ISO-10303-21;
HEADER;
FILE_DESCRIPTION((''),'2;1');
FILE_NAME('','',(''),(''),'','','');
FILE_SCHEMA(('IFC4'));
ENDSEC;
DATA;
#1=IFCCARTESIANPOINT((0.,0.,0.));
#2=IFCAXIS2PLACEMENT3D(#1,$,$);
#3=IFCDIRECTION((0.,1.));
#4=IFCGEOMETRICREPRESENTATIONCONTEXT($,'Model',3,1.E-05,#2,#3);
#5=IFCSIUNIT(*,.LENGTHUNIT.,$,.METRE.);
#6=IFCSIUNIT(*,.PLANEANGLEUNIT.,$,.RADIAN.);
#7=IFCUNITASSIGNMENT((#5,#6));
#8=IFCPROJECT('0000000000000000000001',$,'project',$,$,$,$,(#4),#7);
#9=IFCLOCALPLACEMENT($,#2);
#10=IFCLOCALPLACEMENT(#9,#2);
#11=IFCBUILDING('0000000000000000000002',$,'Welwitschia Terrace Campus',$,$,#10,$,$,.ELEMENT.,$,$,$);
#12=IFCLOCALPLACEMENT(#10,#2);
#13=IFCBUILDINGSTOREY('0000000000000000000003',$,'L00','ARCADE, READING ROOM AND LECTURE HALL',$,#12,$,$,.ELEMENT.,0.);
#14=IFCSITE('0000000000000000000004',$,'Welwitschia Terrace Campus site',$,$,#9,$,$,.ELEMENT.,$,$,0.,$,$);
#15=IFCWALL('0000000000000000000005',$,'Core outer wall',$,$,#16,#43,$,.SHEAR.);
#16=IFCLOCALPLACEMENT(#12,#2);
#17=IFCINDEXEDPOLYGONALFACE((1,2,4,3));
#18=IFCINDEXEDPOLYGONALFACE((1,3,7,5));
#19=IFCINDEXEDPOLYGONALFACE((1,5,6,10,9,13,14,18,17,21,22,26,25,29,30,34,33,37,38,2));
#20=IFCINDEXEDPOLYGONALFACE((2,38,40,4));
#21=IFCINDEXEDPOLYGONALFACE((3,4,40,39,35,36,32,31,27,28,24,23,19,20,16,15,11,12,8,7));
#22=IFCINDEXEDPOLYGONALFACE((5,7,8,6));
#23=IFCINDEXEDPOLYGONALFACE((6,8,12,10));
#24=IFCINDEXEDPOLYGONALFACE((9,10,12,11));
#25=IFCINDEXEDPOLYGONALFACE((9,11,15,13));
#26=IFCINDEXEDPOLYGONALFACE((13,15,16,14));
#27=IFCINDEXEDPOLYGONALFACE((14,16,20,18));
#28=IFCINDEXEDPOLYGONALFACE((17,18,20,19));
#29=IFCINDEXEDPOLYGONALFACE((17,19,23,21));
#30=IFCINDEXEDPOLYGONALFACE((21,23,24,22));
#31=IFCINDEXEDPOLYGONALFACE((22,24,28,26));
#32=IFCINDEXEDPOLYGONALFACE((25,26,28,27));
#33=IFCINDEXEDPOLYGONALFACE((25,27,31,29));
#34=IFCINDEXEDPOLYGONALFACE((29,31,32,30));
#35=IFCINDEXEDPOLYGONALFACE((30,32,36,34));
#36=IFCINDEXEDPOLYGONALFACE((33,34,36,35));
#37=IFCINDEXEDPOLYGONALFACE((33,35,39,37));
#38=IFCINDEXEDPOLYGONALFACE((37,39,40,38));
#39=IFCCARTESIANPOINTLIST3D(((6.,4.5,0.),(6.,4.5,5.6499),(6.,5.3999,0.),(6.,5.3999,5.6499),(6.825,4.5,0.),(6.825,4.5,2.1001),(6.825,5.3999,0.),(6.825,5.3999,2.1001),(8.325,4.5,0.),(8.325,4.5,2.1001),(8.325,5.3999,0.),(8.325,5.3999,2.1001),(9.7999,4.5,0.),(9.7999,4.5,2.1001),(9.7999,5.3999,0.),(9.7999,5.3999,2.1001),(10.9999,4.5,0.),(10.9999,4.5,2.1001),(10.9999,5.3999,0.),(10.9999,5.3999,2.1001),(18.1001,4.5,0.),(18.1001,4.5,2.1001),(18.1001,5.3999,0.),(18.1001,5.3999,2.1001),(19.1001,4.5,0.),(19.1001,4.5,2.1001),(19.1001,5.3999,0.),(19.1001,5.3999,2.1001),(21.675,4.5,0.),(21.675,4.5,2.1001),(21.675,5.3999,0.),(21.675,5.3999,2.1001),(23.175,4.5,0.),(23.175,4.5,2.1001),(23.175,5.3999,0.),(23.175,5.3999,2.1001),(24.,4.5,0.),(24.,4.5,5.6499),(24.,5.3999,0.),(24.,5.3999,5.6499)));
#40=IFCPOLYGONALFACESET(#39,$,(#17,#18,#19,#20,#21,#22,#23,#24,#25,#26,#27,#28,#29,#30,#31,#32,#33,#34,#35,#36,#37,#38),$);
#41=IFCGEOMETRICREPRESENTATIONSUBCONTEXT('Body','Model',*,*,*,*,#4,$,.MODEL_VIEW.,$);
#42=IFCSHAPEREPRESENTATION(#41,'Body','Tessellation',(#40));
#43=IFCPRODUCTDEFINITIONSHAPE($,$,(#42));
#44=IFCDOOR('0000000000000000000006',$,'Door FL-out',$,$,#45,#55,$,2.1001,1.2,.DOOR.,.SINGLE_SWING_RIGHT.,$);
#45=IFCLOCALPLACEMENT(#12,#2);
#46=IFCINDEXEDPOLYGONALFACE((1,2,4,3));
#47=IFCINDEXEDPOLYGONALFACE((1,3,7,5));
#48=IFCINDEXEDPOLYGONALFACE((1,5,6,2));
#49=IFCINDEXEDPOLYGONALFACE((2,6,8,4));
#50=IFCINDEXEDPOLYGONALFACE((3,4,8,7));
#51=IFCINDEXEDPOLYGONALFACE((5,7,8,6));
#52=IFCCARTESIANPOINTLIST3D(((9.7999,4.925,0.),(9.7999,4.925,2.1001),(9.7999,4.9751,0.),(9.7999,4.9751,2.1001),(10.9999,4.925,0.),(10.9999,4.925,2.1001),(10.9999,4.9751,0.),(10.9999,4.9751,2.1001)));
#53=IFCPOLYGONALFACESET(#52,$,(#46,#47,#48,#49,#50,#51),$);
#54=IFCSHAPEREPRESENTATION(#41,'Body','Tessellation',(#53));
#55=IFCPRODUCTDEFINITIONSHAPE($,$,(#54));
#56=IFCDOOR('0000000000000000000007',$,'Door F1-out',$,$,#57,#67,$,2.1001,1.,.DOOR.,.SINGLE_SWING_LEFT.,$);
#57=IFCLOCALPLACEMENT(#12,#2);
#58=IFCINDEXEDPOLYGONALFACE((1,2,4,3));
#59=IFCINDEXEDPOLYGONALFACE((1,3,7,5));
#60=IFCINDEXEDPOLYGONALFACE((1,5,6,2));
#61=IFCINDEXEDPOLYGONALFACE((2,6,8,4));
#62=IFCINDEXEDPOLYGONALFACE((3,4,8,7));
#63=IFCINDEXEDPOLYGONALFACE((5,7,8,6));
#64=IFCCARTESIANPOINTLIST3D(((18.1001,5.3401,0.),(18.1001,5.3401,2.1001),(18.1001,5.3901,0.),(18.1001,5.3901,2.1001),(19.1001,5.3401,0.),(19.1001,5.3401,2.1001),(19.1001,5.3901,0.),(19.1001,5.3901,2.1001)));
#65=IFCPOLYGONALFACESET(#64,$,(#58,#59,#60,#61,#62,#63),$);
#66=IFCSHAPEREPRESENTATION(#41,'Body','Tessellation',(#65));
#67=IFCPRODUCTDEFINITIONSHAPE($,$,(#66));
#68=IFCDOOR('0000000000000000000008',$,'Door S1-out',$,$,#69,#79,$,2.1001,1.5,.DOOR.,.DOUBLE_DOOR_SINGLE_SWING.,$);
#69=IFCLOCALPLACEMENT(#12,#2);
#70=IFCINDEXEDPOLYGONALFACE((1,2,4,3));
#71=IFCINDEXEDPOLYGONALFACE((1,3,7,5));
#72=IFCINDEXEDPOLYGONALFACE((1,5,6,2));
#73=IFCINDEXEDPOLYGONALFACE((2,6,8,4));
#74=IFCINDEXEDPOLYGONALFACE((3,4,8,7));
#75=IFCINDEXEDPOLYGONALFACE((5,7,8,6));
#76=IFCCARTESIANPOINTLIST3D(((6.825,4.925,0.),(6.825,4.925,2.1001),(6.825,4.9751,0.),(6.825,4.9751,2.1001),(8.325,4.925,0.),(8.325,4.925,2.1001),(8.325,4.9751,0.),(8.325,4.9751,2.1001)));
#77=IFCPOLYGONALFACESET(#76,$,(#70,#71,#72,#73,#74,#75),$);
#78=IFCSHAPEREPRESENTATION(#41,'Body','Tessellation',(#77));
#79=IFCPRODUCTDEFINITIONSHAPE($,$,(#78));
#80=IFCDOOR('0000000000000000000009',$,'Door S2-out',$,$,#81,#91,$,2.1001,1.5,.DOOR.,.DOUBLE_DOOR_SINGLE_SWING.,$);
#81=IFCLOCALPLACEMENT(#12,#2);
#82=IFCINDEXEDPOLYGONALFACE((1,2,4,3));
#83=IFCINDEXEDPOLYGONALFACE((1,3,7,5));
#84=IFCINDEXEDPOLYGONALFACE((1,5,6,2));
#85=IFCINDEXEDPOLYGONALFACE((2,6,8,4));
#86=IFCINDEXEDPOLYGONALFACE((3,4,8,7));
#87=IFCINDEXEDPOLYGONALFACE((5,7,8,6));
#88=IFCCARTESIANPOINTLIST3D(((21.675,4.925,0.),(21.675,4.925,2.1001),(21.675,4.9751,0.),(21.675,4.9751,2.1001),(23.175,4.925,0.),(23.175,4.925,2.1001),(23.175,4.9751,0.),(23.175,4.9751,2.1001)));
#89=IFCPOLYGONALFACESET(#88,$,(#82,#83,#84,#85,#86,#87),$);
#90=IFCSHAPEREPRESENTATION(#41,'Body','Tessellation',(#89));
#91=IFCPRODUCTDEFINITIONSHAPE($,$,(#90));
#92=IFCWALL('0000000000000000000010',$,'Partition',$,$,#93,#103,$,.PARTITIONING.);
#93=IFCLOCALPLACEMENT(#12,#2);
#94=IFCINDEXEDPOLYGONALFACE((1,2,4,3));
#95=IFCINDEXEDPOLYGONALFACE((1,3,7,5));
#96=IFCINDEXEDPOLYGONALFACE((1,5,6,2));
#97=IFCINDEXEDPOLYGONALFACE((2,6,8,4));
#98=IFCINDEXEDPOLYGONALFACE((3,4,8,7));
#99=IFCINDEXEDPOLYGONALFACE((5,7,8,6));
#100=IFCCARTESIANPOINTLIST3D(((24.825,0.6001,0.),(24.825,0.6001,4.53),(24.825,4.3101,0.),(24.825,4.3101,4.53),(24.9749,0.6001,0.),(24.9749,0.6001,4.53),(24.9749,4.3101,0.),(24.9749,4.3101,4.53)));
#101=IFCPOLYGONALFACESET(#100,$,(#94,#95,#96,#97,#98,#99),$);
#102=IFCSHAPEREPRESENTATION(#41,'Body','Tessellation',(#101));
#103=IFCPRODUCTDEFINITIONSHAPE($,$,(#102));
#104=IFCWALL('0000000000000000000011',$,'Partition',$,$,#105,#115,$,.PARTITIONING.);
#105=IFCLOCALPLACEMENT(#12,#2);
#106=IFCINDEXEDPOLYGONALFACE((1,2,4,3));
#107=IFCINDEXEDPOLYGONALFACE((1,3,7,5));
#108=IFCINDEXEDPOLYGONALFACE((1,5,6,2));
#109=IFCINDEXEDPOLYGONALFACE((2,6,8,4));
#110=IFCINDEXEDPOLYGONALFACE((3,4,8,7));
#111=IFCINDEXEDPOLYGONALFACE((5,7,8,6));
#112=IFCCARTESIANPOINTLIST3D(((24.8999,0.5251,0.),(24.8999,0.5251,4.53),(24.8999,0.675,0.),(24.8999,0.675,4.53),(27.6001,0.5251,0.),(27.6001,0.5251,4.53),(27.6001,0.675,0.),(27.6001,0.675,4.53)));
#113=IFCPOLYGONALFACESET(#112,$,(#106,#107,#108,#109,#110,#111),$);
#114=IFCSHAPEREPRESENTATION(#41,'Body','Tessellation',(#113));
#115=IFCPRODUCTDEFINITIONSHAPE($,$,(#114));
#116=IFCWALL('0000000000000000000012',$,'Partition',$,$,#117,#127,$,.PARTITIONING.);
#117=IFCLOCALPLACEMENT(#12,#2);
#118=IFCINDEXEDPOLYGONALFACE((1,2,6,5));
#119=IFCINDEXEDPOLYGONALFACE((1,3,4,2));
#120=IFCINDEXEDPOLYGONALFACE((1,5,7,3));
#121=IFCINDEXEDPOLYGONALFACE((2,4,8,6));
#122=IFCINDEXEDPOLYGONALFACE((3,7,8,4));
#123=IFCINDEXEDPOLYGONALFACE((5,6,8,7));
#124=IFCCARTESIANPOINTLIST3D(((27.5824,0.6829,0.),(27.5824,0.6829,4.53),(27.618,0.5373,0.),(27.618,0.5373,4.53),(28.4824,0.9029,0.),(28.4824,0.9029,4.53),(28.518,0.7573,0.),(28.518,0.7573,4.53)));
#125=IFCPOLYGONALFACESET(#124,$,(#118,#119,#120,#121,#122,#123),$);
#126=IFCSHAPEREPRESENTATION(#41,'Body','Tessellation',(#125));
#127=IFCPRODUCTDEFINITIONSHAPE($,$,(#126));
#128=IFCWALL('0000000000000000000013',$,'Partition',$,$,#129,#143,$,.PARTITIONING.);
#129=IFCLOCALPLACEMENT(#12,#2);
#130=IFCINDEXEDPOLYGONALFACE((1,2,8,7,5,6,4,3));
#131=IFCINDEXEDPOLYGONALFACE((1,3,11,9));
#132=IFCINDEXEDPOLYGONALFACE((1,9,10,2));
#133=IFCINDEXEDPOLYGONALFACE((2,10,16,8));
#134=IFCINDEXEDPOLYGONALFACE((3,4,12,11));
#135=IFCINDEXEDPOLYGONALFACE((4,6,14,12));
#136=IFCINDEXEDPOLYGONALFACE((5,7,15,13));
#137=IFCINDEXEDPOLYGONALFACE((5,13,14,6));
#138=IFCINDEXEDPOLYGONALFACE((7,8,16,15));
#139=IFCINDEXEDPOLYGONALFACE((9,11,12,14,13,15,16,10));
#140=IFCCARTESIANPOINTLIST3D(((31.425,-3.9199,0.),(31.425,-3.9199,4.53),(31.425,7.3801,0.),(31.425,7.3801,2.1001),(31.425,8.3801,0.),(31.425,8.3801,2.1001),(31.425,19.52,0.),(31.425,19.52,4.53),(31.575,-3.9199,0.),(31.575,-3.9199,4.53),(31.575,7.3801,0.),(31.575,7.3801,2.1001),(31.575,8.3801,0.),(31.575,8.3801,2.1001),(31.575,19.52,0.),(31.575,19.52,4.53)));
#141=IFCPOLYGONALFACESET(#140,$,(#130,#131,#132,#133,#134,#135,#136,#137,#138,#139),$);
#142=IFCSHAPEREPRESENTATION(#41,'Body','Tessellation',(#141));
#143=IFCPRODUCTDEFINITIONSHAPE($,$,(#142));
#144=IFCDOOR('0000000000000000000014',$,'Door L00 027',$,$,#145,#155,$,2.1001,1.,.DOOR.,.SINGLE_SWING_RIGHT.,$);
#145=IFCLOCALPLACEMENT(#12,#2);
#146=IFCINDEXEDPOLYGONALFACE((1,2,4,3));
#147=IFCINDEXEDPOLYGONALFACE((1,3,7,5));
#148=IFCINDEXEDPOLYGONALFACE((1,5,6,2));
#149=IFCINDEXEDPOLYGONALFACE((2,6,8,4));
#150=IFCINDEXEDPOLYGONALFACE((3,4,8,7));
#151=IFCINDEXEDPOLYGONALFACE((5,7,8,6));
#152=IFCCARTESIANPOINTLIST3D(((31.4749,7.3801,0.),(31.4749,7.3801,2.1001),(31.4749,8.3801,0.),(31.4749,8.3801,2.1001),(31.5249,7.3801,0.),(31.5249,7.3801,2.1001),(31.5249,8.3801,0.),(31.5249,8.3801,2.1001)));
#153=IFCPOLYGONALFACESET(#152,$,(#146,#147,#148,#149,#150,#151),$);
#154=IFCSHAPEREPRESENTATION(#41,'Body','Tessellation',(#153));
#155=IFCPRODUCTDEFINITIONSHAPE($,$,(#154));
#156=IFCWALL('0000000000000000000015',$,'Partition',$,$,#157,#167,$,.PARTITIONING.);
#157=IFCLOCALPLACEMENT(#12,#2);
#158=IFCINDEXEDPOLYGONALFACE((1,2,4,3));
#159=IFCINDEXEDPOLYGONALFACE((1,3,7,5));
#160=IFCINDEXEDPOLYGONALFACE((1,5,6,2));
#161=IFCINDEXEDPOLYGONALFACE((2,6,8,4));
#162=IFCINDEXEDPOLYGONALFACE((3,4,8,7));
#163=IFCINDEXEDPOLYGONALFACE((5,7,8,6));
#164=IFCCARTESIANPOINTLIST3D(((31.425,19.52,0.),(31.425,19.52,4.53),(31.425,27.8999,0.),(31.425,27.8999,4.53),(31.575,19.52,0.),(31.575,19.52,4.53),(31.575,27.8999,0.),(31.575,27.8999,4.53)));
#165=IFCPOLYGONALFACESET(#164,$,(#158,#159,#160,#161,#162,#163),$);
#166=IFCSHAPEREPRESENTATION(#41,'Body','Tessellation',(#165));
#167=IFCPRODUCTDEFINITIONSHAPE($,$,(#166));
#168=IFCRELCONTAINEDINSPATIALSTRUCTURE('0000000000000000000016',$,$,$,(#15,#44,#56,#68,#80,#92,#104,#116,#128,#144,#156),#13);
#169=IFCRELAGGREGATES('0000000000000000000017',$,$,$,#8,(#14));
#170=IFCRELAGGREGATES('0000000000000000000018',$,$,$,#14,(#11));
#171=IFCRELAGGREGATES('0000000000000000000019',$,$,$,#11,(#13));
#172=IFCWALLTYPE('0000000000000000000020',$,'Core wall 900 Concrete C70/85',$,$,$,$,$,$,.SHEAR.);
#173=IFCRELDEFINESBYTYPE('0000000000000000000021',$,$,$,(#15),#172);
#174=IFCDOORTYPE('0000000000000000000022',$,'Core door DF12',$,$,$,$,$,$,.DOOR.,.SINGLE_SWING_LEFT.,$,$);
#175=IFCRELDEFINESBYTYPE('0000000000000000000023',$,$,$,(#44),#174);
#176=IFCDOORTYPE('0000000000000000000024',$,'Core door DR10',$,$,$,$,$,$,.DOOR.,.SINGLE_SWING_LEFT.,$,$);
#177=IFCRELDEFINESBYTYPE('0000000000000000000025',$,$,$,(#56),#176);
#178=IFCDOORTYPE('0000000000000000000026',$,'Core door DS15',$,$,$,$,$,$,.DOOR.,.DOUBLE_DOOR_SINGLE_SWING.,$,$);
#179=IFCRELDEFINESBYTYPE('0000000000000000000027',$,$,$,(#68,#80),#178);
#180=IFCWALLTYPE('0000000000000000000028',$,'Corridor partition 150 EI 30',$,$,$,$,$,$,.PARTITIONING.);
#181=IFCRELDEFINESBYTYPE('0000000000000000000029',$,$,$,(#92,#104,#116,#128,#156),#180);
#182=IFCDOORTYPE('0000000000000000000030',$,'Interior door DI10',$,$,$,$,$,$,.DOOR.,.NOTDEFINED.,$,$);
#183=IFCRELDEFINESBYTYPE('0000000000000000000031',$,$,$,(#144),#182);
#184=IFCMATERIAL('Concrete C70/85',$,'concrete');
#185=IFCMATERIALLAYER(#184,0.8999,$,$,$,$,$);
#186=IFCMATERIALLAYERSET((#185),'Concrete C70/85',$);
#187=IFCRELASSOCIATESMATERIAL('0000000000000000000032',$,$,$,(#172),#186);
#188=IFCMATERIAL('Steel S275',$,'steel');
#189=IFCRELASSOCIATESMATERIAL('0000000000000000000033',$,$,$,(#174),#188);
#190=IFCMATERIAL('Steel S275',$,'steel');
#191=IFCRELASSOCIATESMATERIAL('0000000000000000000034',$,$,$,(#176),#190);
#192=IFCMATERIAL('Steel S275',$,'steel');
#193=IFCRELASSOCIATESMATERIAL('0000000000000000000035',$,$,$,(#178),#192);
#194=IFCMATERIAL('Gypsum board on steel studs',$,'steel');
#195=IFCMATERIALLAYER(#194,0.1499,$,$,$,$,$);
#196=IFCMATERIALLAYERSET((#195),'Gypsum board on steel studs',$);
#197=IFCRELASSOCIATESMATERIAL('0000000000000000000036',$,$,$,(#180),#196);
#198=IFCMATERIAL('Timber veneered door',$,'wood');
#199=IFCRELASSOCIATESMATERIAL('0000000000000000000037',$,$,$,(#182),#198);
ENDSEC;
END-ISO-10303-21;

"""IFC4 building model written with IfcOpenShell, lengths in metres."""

from ifc_helpers import new_model, si_unit, direction, frame, frame_2d, origin, place, context, subcontext, project, spatial, rectangle, extrude, material, layer, layer_set, type_object, element, fill, save


model = new_model("IFC4")

# Units and contexts
model_context = context("Model", 3, precision=1e-05, world=origin(), true_north=direction((0.0, 1.0)))
body_context = subcontext(model_context, "Body", "Model", "MODEL_VIEW")
ifc_project = project(units=[si_unit("LENGTHUNIT", "METRE"), si_unit("PLANEANGLEUNIT", "RADIAN")], contexts=[model_context])

# Site, building, storey
site_placement = place(None, origin())
site = spatial("IfcSite", under=ifc_project, at=site_placement, Name="Welwitschia Terrace Campus site", CompositionType="ELEMENT", RefElevation=0.0)
building_placement = place(site_placement, origin())
building = spatial("IfcBuilding", under=site, at=building_placement, Name="Welwitschia Terrace Campus", CompositionType="ELEMENT")
storey_placement = place(building_placement, origin())
storey = spatial("IfcBuildingStorey", under=building, at=storey_placement, Name="L00", Description="ARCADE, READING ROOM AND LECTURE HALL", CompositionType="ELEMENT", Elevation=0.0)

# Wall, openings, doors
ifc_material_1 = material(Name="Concrete C70/85", Category="concrete")
ifc_layer_1 = layer(ifc_material_1, 0.8999)
ifc_layer_set_1 = layer_set([ifc_layer_1], Name="Concrete C70/85")
wall_type_1 = type_object("IfcWallType", Name="Core wall 900 Concrete C70/85", PredefinedType="SHEAR", material=ifc_layer_set_1)
wall_1_placement = place(storey_placement, frame((24.0, 4.95, 0.0), z_axis=(0.0, 0.0, 1.0), x_axis=(-1.0, 0.0, 0.0)))
wall_1 = element("IfcWall", 1, at=wall_1_placement, inside=storey, type_object=wall_type_1, Name="Core outer wall", PredefinedType="SHEAR", context=body_context, shape_type="SweptSolid", body=[
    extrude(rectangle(XDim=18.0, YDim=0.8999, at=frame_2d((9.0, 0.0))), origin(), (0.0, 0.0, 1.0), 5.6499),
])
opening_1_placement = place(wall_1_placement, frame((15.675, 0.0, 0.0)))
opening_1 = element("IfcOpeningElement", 2, at=opening_1_placement, cuts=wall_1, PredefinedType="OPENING", context=body_context, shape_type="SweptSolid", body=[
    extrude(rectangle(XDim=1.5, YDim=2.1001, at=frame_2d((0.75, 1.05))), frame((0.0, 0.46, 0.0), z_axis=(0.0, -1.0, 0.0), x_axis=(1.0, 0.0, 0.0)), (0.0, 0.0, 1.0), 0.9199),
])
opening_2_placement = place(wall_1_placement, frame((0.825, 0.0, 0.0)))
opening_2 = element("IfcOpeningElement", 3, at=opening_2_placement, cuts=wall_1, PredefinedType="OPENING", context=body_context, shape_type="SweptSolid", body=[
    extrude(rectangle(XDim=1.5, YDim=2.1001, at=frame_2d((0.75, 1.05))), frame((0.0, 0.46, 0.0), z_axis=(0.0, -1.0, 0.0), x_axis=(1.0, 0.0, 0.0)), (0.0, 0.0, 1.0), 0.9199),
])
opening_3_placement = place(wall_1_placement, frame((13.0, 0.0, 0.0)))
opening_3 = element("IfcOpeningElement", 4, at=opening_3_placement, cuts=wall_1, PredefinedType="OPENING", context=body_context, shape_type="SweptSolid", body=[
    extrude(rectangle(XDim=1.2, YDim=2.1001, at=frame_2d((0.6001, 1.05))), frame((0.0, 0.46, 0.0), z_axis=(0.0, -1.0, 0.0), x_axis=(1.0, 0.0, 0.0)), (0.0, 0.0, 1.0), 0.9199),
])
opening_4_placement = place(wall_1_placement, frame((4.8999, 0.0, 0.0)))
opening_4 = element("IfcOpeningElement", 5, at=opening_4_placement, cuts=wall_1, PredefinedType="OPENING", context=body_context, shape_type="SweptSolid", body=[
    extrude(rectangle(XDim=1.0, YDim=2.1001, at=frame_2d((0.5, 1.05))), frame((0.0, 0.46, 0.0), z_axis=(0.0, -1.0, 0.0), x_axis=(1.0, 0.0, 0.0)), (0.0, 0.0, 1.0), 0.9199),
])
ifc_material_2 = material(Name="Steel S275", Category="steel")
door_type_1 = type_object("IfcDoorType", Name="Core door DF12", OperationType="SINGLE_SWING_LEFT", PredefinedType="DOOR", material=ifc_material_2)
door_1_placement = place(opening_3_placement, origin())
door_1 = element("IfcDoor", 6, at=door_1_placement, inside=storey, type_object=door_type_1, Name="Door FL-out", OperationType="SINGLE_SWING_RIGHT", OverallHeight=2.1001, OverallWidth=1.2, PredefinedType="DOOR", context=body_context, shape_type="SweptSolid", body=[
    extrude(rectangle(XDim=1.2, YDim=2.1001, at=frame_2d((0.6001, 1.05))), frame((0.0, 0.0249, 0.0), z_axis=(0.0, -1.0, 0.0), x_axis=(1.0, 0.0, 0.0)), (0.0, 0.0, 1.0), 0.05),
])
fill(opening_3, door_1)
ifc_material_3 = material(Name="Steel S275", Category="steel")
door_type_2 = type_object("IfcDoorType", Name="Core door DR10", OperationType="SINGLE_SWING_LEFT", PredefinedType="DOOR", material=ifc_material_3)
door_2_placement = place(opening_4_placement, origin())
door_2 = element("IfcDoor", 7, at=door_2_placement, inside=storey, type_object=door_type_2, Name="Door F1-out", OperationType="SINGLE_SWING_LEFT", OverallHeight=2.1001, OverallWidth=1.0, PredefinedType="DOOR", context=body_context, shape_type="SweptSolid", body=[
    extrude(rectangle(XDim=1.0, YDim=2.1001, at=frame_2d((0.5, 1.05))), frame((0.0, -0.3901, 0.0), z_axis=(0.0, -1.0, 0.0), x_axis=(1.0, 0.0, 0.0)), (0.0, 0.0, 1.0), 0.05),
])
fill(opening_4, door_2)
ifc_material_4 = material(Name="Steel S275", Category="steel")
door_type_3 = type_object("IfcDoorType", Name="Core door DS15", OperationType="DOUBLE_DOOR_SINGLE_SWING", PredefinedType="DOOR", material=ifc_material_4)
door_3_placement = place(opening_1_placement, origin())
door_3 = element("IfcDoor", 8, at=door_3_placement, inside=storey, type_object=door_type_3, Name="Door S1-out", OperationType="DOUBLE_DOOR_SINGLE_SWING", OverallHeight=2.1001, OverallWidth=1.5, PredefinedType="DOOR", context=body_context, shape_type="SweptSolid", body=[
    extrude(rectangle(XDim=1.5, YDim=2.1001, at=frame_2d((0.75, 1.05))), frame((0.0, 0.0249, 0.0), z_axis=(0.0, -1.0, 0.0), x_axis=(1.0, 0.0, 0.0)), (0.0, 0.0, 1.0), 0.05),
])
fill(opening_1, door_3)
door_4_placement = place(opening_2_placement, origin())
door_4 = element("IfcDoor", 9, at=door_4_placement, inside=storey, type_object=door_type_3, Name="Door S2-out", OperationType="DOUBLE_DOOR_SINGLE_SWING", OverallHeight=2.1001, OverallWidth=1.5, PredefinedType="DOOR", context=body_context, shape_type="SweptSolid", body=[
    extrude(rectangle(XDim=1.5, YDim=2.1001, at=frame_2d((0.75, 1.05))), frame((0.0, 0.0249, 0.0), z_axis=(0.0, -1.0, 0.0), x_axis=(1.0, 0.0, 0.0)), (0.0, 0.0, 1.0), 0.05),
])
fill(opening_2, door_4)

# Walls
ifc_material_5 = material(Name="Gypsum board on steel studs", Category="steel")
ifc_layer_2 = layer(ifc_material_5, 0.1499)
ifc_layer_set_2 = layer_set([ifc_layer_2], Name="Gypsum board on steel studs")
wall_type_2 = type_object("IfcWallType", Name="Corridor partition 150 EI 30", PredefinedType="PARTITIONING", material=ifc_layer_set_2)
wall_2_placement = place(storey_placement, frame((24.8999, 0.6001, 0.0), z_axis=(0.0, 0.0, 1.0), x_axis=(0.0, 1.0, 0.0)))
element("IfcWall", 10, at=wall_2_placement, inside=storey, type_object=wall_type_2, Name="Partition", PredefinedType="PARTITIONING", context=body_context, shape_type="SweptSolid", body=[
    extrude(rectangle(XDim=3.71, YDim=0.1499, at=frame_2d((1.855, 0.0))), origin(), (0.0, 0.0, 1.0), 4.53),
])
wall_3_placement = place(storey_placement, frame((24.8999, 0.6001, 0.0), z_axis=(0.0, 0.0, 1.0), x_axis=(1.0, 0.0, 0.0)))
element("IfcWall", 11, at=wall_3_placement, inside=storey, type_object=wall_type_2, Name="Partition", PredefinedType="PARTITIONING", context=body_context, shape_type="SweptSolid", body=[
    extrude(rectangle(XDim=2.7002, YDim=0.1499, at=frame_2d((1.3501, 0.0))), origin(), (0.0, 0.0, 1.0), 4.53),
])
wall_4_placement = place(storey_placement, frame((27.6001, 0.6101, 0.0), z_axis=(0.0, 0.0, 1.0), x_axis=(0.9714, 0.237448, 0.0)))
element("IfcWall", 12, at=wall_4_placement, inside=storey, type_object=wall_type_2, Name="Partition", PredefinedType="PARTITIONING", context=body_context, shape_type="SweptSolid", body=[
    extrude(rectangle(XDim=0.9265, YDim=0.1499, at=frame_2d((0.4634, 0.0))), origin(), (0.0, 0.0, 1.0), 4.53),
])

# Wall, opening, door
wall_5_placement = place(storey_placement, frame((31.5, 19.52, 0.0), z_axis=(0.0, 0.0, 1.0), x_axis=(0.0, -1.0, 0.0)))
wall_5 = element("IfcWall", 13, at=wall_5_placement, inside=storey, type_object=wall_type_2, Name="Partition", PredefinedType="PARTITIONING", context=body_context, shape_type="SweptSolid", body=[
    extrude(rectangle(XDim=23.4399, YDim=0.1499, at=frame_2d((11.72, 0.0))), origin(), (0.0, 0.0, 1.0), 4.53),
])
opening_5_placement = place(wall_5_placement, frame((11.1399, 0.0, 0.0)))
opening_5 = element("IfcOpeningElement", 14, at=opening_5_placement, cuts=wall_5, PredefinedType="OPENING", context=body_context, shape_type="SweptSolid", body=[
    extrude(rectangle(XDim=1.0, YDim=2.1001, at=frame_2d((0.5, 1.05))), frame((0.0, 0.085, 0.0), z_axis=(0.0, -1.0, 0.0), x_axis=(1.0, 0.0, 0.0)), (0.0, 0.0, 1.0), 0.1699),
])
ifc_material_6 = material(Name="Timber veneered door", Category="wood")
door_type_4 = type_object("IfcDoorType", Name="Interior door DI10", OperationType="NOTDEFINED", PredefinedType="DOOR", material=ifc_material_6)
door_5_placement = place(opening_5_placement, origin())
door_5 = element("IfcDoor", 15, at=door_5_placement, inside=storey, type_object=door_type_4, Name="Door L00 027", OperationType="SINGLE_SWING_RIGHT", OverallHeight=2.1001, OverallWidth=1.0, PredefinedType="DOOR", context=body_context, shape_type="SweptSolid", body=[
    extrude(rectangle(XDim=1.0, YDim=2.1001, at=frame_2d((0.5, 1.05))), frame((0.0, 0.0249, 0.0), z_axis=(0.0, -1.0, 0.0), x_axis=(1.0, 0.0, 0.0)), (0.0, 0.0, 1.0), 0.05),
])
fill(opening_5, door_5)

# Wall
wall_6_placement = place(storey_placement, frame((31.5, 19.52, 0.0), z_axis=(0.0, 0.0, 1.0), x_axis=(0.0, 1.0, 0.0)))
element("IfcWall", 16, at=wall_6_placement, inside=storey, type_object=wall_type_2, Name="Partition", PredefinedType="PARTITIONING", context=body_context, shape_type="SweptSolid", body=[
    extrude(rectangle(XDim=8.3799, YDim=0.1499, at=frame_2d((4.1899, 0.0))), origin(), (0.0, 0.0, 1.0), 4.53),
])

save(model, "model.ifc")
